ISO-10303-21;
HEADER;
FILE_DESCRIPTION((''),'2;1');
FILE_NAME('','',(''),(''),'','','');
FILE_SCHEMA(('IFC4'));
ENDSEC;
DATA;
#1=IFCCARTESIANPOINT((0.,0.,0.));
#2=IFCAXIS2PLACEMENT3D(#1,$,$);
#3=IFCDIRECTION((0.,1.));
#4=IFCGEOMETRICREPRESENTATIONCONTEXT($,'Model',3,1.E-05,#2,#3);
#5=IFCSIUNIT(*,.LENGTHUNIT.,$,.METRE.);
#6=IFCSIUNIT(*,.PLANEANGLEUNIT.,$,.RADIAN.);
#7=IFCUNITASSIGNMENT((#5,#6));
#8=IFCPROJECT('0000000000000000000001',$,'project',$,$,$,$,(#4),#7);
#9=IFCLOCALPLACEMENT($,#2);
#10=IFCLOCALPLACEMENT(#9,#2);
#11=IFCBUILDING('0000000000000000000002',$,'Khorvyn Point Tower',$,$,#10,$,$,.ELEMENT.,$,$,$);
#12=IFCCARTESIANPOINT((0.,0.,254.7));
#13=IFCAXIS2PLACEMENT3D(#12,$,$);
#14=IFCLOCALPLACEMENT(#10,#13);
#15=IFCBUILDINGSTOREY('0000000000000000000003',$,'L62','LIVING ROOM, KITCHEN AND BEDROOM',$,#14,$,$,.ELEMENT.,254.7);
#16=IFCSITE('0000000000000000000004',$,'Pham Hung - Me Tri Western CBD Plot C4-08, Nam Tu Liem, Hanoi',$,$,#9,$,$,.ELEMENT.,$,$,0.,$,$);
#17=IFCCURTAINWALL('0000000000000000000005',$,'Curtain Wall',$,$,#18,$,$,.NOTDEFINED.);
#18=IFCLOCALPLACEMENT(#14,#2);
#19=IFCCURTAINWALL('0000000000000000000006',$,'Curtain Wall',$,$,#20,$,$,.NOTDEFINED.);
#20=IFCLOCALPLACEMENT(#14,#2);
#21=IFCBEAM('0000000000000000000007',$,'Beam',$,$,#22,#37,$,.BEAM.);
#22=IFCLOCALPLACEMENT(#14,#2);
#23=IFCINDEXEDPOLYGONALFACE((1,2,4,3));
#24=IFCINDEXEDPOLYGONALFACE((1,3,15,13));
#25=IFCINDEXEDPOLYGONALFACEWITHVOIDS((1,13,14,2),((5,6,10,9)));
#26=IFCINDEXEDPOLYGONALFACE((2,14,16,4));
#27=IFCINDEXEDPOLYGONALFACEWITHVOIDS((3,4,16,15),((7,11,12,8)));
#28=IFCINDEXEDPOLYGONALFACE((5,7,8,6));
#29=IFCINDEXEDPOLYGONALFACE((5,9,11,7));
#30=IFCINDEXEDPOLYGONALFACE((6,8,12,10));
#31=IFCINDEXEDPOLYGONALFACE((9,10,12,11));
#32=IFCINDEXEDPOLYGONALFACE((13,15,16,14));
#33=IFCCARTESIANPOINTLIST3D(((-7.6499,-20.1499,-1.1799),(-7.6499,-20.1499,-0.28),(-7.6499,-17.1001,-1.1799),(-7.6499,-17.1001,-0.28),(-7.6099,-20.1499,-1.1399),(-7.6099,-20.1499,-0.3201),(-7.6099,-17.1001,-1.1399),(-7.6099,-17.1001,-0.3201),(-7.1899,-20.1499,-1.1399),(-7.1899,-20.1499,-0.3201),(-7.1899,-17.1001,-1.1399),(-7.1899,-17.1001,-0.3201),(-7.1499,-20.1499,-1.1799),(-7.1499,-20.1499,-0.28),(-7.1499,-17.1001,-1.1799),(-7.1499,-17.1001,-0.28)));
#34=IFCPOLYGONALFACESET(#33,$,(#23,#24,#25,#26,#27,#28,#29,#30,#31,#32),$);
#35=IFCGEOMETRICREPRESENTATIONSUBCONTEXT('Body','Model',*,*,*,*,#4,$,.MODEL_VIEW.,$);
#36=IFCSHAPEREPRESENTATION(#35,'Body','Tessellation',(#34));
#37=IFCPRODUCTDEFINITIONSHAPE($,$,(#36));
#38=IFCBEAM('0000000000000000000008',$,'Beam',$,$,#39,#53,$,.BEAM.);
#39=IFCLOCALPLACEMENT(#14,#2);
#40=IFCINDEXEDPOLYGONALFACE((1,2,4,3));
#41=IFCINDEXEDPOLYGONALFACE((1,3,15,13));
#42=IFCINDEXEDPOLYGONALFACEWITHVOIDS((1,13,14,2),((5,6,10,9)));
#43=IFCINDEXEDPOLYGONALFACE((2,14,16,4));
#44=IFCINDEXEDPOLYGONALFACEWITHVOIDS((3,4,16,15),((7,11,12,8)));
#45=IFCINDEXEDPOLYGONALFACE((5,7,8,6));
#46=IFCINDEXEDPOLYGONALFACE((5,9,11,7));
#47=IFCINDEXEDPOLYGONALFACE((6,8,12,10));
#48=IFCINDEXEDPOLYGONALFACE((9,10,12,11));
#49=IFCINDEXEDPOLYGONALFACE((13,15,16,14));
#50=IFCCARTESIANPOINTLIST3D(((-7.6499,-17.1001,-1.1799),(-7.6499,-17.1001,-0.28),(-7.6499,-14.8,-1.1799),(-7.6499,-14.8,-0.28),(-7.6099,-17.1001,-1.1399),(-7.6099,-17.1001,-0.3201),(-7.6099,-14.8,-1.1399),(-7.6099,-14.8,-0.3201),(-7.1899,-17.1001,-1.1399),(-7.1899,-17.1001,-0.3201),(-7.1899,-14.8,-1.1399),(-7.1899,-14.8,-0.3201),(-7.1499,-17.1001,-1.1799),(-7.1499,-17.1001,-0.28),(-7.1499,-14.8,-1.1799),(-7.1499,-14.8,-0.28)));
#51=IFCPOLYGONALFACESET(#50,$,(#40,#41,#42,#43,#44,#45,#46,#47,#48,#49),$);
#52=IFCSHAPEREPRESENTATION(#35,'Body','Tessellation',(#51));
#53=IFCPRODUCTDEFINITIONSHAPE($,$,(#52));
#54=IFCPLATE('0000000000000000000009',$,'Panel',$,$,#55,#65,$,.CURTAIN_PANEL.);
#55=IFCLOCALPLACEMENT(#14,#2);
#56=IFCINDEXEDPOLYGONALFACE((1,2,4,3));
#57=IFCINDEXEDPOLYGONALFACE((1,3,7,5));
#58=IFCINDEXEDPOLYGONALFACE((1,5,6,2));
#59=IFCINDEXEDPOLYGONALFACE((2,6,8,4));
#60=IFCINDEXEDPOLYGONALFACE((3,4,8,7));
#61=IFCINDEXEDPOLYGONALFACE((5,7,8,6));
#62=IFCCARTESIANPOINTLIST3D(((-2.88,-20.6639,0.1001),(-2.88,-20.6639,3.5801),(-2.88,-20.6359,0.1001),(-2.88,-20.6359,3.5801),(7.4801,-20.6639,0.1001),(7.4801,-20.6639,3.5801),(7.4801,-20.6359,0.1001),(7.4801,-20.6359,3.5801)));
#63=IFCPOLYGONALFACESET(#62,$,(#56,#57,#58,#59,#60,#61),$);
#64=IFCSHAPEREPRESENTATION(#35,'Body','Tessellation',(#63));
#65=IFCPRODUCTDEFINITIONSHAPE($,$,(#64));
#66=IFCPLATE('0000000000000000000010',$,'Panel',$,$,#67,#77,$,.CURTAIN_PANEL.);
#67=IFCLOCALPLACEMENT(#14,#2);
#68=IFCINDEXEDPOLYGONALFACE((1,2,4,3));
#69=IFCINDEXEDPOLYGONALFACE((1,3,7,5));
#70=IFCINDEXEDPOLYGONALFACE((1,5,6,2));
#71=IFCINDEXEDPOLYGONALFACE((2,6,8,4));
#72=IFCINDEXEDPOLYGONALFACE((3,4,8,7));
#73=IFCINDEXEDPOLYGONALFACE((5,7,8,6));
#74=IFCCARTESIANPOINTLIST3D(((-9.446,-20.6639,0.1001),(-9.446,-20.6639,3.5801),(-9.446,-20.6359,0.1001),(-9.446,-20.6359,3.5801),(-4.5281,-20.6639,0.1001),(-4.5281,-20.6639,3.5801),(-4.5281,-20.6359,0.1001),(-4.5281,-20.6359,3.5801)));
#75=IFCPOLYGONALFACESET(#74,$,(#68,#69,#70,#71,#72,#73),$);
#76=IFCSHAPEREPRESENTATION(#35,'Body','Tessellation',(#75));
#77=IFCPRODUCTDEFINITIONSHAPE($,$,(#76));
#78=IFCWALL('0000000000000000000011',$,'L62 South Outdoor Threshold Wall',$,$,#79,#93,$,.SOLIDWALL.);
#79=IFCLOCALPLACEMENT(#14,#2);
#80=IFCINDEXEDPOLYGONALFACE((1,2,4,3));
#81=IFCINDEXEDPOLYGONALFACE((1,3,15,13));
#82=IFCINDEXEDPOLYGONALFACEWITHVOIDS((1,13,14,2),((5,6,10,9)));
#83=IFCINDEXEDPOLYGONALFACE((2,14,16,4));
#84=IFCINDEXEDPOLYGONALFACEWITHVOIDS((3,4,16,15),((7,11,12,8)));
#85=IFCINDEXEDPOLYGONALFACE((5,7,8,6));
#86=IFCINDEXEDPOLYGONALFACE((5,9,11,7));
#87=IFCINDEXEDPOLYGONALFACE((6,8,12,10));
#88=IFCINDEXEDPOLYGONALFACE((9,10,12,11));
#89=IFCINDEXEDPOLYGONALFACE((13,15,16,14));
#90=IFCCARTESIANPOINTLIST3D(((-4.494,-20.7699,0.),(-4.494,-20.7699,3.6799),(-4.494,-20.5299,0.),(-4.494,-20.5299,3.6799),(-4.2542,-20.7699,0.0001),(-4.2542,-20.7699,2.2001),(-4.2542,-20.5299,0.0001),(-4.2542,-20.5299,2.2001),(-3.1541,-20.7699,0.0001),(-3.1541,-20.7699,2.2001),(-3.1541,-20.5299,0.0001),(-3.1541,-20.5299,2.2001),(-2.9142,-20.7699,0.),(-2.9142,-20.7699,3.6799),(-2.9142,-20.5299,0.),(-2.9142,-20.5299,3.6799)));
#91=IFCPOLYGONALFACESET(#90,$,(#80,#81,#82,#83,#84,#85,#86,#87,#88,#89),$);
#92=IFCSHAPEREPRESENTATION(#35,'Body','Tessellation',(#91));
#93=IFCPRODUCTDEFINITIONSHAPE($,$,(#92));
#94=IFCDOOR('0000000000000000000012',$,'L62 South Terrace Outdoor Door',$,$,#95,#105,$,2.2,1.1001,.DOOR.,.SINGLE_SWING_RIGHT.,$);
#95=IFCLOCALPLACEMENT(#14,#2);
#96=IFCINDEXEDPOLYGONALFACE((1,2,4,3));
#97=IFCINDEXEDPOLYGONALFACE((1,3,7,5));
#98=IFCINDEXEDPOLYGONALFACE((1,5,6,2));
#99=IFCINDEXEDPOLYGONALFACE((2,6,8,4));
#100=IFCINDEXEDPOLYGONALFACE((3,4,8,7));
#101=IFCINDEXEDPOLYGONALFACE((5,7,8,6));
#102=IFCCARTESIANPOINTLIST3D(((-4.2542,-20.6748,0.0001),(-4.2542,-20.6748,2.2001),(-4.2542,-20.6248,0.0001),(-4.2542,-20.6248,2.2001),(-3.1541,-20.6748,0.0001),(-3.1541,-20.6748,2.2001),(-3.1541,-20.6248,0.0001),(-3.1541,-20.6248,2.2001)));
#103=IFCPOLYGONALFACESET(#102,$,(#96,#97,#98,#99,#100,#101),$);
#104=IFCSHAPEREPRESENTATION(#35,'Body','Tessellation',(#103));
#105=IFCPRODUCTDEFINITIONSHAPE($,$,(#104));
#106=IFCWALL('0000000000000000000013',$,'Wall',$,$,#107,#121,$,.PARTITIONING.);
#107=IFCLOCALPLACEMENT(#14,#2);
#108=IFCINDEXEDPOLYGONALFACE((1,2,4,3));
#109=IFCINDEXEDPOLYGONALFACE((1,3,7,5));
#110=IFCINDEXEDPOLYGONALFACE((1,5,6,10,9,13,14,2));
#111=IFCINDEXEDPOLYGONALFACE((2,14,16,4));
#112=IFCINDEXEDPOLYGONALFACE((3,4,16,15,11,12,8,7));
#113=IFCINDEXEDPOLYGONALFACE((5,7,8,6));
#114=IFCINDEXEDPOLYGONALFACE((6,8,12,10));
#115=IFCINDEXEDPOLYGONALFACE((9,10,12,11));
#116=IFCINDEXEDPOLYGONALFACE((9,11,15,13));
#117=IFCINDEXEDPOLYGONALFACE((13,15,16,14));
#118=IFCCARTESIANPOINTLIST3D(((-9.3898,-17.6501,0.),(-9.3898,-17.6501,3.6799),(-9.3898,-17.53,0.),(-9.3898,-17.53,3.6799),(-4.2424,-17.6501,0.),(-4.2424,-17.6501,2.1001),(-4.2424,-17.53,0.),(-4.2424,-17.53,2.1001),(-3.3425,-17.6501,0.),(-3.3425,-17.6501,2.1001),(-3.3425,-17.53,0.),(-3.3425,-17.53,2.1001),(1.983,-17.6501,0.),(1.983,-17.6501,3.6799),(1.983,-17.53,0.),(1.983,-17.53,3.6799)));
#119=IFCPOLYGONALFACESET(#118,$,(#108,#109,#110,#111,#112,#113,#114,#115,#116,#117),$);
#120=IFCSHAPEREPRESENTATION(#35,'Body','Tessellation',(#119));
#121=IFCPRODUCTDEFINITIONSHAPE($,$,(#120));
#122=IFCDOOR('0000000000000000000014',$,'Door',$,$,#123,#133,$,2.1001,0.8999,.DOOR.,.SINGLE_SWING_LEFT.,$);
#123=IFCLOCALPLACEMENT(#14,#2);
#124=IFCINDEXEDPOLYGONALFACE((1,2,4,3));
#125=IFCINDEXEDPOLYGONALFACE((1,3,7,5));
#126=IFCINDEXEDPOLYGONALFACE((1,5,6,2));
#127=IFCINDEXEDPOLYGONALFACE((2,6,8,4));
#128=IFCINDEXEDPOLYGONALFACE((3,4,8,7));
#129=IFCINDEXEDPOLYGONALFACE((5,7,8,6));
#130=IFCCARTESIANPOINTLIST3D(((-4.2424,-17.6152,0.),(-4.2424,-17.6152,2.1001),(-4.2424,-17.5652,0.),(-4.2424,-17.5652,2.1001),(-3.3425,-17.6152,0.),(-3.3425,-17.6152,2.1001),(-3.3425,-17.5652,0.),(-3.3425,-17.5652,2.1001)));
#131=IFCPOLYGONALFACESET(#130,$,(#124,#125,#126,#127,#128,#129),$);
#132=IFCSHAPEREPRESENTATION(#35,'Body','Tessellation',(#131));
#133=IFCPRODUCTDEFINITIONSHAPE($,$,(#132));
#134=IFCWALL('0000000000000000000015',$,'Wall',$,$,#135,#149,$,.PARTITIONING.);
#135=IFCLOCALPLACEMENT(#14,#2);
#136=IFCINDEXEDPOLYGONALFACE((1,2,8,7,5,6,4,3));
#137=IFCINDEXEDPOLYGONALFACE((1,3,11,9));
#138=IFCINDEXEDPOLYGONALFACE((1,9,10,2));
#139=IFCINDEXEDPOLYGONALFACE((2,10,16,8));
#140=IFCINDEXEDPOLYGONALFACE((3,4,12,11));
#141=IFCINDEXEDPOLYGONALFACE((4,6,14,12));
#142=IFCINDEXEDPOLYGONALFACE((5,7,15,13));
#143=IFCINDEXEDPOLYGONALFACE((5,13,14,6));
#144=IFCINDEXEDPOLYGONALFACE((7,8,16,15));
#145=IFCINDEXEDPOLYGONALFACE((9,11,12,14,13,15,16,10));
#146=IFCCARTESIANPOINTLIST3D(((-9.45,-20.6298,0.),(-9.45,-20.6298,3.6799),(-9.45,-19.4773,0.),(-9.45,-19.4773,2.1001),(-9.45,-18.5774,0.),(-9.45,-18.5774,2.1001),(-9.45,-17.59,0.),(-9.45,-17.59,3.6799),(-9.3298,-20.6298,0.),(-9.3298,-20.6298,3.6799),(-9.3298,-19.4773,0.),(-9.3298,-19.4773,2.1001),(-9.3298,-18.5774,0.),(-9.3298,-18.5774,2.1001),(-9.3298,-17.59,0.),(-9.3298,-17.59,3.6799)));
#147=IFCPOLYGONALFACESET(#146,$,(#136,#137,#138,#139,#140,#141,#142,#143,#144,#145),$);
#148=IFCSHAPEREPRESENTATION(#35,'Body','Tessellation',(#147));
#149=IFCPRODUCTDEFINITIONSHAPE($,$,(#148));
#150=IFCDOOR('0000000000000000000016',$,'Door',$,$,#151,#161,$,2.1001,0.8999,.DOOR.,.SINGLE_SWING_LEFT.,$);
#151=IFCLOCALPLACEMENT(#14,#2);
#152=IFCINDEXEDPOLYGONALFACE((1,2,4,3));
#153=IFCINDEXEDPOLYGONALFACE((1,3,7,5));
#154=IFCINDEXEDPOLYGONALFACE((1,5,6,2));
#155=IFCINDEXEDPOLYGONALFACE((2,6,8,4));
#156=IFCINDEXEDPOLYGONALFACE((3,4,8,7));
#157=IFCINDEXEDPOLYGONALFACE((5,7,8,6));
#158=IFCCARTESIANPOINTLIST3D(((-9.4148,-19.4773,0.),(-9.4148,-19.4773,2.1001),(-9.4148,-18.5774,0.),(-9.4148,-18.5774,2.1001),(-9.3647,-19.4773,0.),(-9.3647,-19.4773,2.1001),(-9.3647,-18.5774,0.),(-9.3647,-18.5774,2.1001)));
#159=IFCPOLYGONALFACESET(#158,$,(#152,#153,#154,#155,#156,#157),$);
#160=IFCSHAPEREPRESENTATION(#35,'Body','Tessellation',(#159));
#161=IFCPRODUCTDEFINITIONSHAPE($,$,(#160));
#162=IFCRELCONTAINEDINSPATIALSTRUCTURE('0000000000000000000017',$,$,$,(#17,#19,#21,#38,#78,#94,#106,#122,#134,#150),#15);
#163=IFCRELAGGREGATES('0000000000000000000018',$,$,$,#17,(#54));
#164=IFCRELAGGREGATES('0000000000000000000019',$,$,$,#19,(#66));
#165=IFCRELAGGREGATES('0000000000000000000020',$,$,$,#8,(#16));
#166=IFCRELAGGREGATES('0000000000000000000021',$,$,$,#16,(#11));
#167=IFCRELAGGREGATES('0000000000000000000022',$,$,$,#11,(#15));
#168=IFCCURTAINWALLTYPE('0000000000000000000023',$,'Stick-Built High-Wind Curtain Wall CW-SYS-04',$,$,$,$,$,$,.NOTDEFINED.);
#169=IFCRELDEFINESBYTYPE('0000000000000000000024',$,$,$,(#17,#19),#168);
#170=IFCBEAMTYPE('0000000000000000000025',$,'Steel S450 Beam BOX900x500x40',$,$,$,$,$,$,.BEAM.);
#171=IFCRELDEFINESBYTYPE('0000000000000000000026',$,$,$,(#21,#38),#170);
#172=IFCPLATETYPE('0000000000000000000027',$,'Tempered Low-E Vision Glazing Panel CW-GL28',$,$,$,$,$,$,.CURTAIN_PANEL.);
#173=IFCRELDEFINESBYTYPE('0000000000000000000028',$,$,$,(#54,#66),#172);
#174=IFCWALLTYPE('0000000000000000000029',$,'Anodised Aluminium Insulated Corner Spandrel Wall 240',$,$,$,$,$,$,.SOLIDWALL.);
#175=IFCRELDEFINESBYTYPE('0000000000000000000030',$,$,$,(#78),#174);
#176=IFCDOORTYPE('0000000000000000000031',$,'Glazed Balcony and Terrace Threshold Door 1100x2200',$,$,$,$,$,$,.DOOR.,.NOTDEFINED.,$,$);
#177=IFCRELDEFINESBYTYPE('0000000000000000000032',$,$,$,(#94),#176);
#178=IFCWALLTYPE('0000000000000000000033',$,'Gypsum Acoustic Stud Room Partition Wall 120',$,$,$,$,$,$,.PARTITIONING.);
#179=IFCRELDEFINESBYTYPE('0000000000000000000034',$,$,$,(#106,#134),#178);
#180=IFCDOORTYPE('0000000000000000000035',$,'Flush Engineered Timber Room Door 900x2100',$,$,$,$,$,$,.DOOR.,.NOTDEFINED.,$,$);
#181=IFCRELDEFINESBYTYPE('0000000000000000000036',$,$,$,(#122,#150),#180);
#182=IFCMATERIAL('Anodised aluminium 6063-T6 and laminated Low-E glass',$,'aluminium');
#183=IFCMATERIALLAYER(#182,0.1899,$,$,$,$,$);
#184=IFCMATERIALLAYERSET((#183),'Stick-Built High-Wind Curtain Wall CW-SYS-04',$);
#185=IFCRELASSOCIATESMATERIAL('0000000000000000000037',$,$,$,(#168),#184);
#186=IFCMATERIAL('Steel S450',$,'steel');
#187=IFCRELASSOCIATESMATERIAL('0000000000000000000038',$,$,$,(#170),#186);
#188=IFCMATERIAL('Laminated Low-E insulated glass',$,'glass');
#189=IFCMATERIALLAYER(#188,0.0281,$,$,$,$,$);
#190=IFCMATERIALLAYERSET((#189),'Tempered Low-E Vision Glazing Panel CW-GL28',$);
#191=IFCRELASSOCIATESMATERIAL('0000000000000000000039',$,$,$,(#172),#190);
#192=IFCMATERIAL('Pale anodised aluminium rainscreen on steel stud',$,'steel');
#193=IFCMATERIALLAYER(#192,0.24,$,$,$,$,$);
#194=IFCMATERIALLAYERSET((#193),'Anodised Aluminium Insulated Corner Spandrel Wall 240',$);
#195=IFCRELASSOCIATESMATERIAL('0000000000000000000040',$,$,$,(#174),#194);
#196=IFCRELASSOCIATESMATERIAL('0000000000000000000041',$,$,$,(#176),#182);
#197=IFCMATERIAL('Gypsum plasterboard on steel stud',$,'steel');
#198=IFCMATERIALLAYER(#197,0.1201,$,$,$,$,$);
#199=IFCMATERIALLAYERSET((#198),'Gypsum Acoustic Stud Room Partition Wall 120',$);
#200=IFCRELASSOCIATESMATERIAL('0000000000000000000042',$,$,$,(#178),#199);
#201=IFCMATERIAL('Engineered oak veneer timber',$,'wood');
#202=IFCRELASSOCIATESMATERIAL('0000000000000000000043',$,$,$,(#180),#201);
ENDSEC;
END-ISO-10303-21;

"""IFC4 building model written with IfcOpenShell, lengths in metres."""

from ifc_helpers import new_model, si_unit, direction, frame, frame_2d, origin, origin_2d, place, context, subcontext, project, spatial, rectangle, hollow_rectangle, extrude, material, layer, layer_set, material_profile, profile_set, type_object, element, fill, aggregate, save


model = new_model("IFC4")

# Units and contexts
model_context = context("Model", 3, precision=1e-05, world=origin(), true_north=direction((0.0, 1.0)))
body_context = subcontext(model_context, "Body", "Model", "MODEL_VIEW")
ifc_project = project(units=[si_unit("LENGTHUNIT", "METRE"), si_unit("PLANEANGLEUNIT", "RADIAN")], contexts=[model_context])

# Site, building, storey
site_placement = place(None, origin())
site = spatial("IfcSite", under=ifc_project, at=site_placement, Name="Pham Hung - Me Tri Western CBD Plot C4-08, Nam Tu Liem, Hanoi", CompositionType="ELEMENT", RefElevation=0.0)
building_placement = place(site_placement, origin())
building = spatial("IfcBuilding", under=site, at=building_placement, Name="Khorvyn Point Tower", CompositionType="ELEMENT")
storey_placement = place(building_placement, frame((0.0, 0.0, 254.7)))
storey = spatial("IfcBuildingStorey", under=building, at=storey_placement, Name="L62", Description="LIVING ROOM, KITCHEN AND BEDROOM", CompositionType="ELEMENT", Elevation=254.7)

# Shared definitions
ifc_material_1 = material(Name="Steel S450", Category="steel")

# Curtain wall
ifc_material_2 = material(Name="Anodised aluminium 6063-T6 and laminated Low-E glass", Category="aluminium")
ifc_layer_1 = layer(ifc_material_2, 0.1899)
ifc_layer_set_1 = layer_set([ifc_layer_1], Name="Stick-Built High-Wind Curtain Wall CW-SYS-04")
curtain_wall_type = type_object("IfcCurtainWallType", Name="Stick-Built High-Wind Curtain Wall CW-SYS-04", PredefinedType="NOTDEFINED", material=ifc_layer_set_1)
curtain_wall_1_placement = place(storey_placement, origin())
curtain_wall_1 = element("IfcCurtainWall", 1, at=curtain_wall_1_placement, inside=storey, type_object=curtain_wall_type, Name="Curtain Wall", PredefinedType="NOTDEFINED")

# Curtain wall
curtain_wall_2_placement = place(storey_placement, origin())
curtain_wall_2 = element("IfcCurtainWall", 2, at=curtain_wall_2_placement, inside=storey, type_object=curtain_wall_type, Name="Curtain Wall", PredefinedType="NOTDEFINED")

# Beams
ifc_material_profile_1 = material_profile(ifc_material_1, hollow_rectangle(XDim=0.5, YDim=0.8999, WallThickness=0.04, at=origin_2d()))
ifc_profile_set_1 = profile_set([ifc_material_profile_1], Name="Steel S450 BOX900x500x40")
beam_type_1 = type_object("IfcBeamType", Name="Steel S450 Beam BOX900x500x40", PredefinedType="BEAM", material=ifc_profile_set_1)
beam_1_placement = place(storey_placement, frame((-7.3999, -20.1499, -0.73), z_axis=(0.0, 1.0, 0.0), x_axis=(-1.0, 0.0, 0.0)))
element("IfcBeam", 3, at=beam_1_placement, inside=storey, type_object=beam_type_1, Name="Beam", PredefinedType="BEAM", context=body_context, shape_type="SweptSolid", body=[
    extrude(hollow_rectangle(XDim=0.5, YDim=0.8999, WallThickness=0.04, at=origin_2d()), origin(), (0.0, 0.0, 1.0), 3.0498),
])
beam_2_placement = place(storey_placement, frame((-7.3999, -17.1001, -0.73), z_axis=(0.0, 1.0, 0.0), x_axis=(-1.0, 0.0, 0.0)))
element("IfcBeam", 4, at=beam_2_placement, inside=storey, type_object=beam_type_1, Name="Beam", PredefinedType="BEAM", context=body_context, shape_type="SweptSolid", body=[
    extrude(hollow_rectangle(XDim=0.5, YDim=0.8999, WallThickness=0.04, at=origin_2d()), origin(), (0.0, 0.0, 1.0), 2.3),
])

# Plates
ifc_material_3 = material(Name="Laminated Low-E insulated glass", Category="glass")
ifc_layer_2 = layer(ifc_material_3, 0.0281)
ifc_layer_set_2 = layer_set([ifc_layer_2], Name="Tempered Low-E Vision Glazing Panel CW-GL28")
plate_type = type_object("IfcPlateType", Name="Tempered Low-E Vision Glazing Panel CW-GL28", PredefinedType="CURTAIN_PANEL", material=ifc_layer_set_2)
plate_1_placement = place(storey_placement, frame((2.3, -20.6499, 0.1001), z_axis=(0.0, 0.0, 1.0), x_axis=(-1.0, 0.0, 0.0)))
plate_1 = element("IfcPlate", 5, at=plate_1_placement, type_object=plate_type, Name="Panel", PredefinedType="CURTAIN_PANEL", context=body_context, shape_type="SweptSolid", body=[
    extrude(rectangle(XDim=10.3601, YDim=0.0281, at=origin_2d()), origin(), (0.0, 0.0, 1.0), 3.48),
])
aggregate(curtain_wall_1, [plate_1])
plate_2_placement = place(storey_placement, frame((-6.9871, -20.6499, 0.1001), z_axis=(0.0, 0.0, 1.0), x_axis=(-1.0, 0.0, 0.0)))
plate_2 = element("IfcPlate", 6, at=plate_2_placement, type_object=plate_type, Name="Panel", PredefinedType="CURTAIN_PANEL", context=body_context, shape_type="SweptSolid", body=[
    extrude(rectangle(XDim=4.918, YDim=0.0281, at=origin_2d()), origin(), (0.0, 0.0, 1.0), 3.48),
])
aggregate(curtain_wall_2, [plate_2])

# Walls, openings, doors
ifc_material_4 = material(Name="Pale anodised aluminium rainscreen on steel stud", Category="steel")
ifc_layer_3 = layer(ifc_material_4, 0.24)
ifc_layer_set_3 = layer_set([ifc_layer_3], Name="Anodised Aluminium Insulated Corner Spandrel Wall 240")
wall_type_1 = type_object("IfcWallType", Name="Anodised Aluminium Insulated Corner Spandrel Wall 240", PredefinedType="SOLIDWALL", material=ifc_layer_set_3)
wall_1_placement = place(storey_placement, frame((-2.9141, -20.6499, 0.0), z_axis=(0.0, 0.0, 1.0), x_axis=(-1.0, 0.0, 0.0)))
wall_1 = element("IfcWall", 7, at=wall_1_placement, inside=storey, type_object=wall_type_1, Name="L62 South Outdoor Threshold Wall", PredefinedType="SOLIDWALL", context=body_context, shape_type="SweptSolid", body=[
    extrude(rectangle(XDim=1.5798, YDim=0.24, at=frame_2d((0.79, 0.0))), origin(), (0.0, 0.0, 1.0), 3.6799),
])
opening_1_placement = place(wall_1_placement, frame((0.24, 0.0, 0.0)))
opening_1 = element("IfcOpeningElement", 8, at=opening_1_placement, cuts=wall_1, PredefinedType="OPENING", context=body_context, shape_type="SweptSolid", body=[
    extrude(rectangle(XDim=1.1001, YDim=2.2, at=frame_2d((0.55, 1.1001))), frame((0.0, 0.1299, 0.0), z_axis=(0.0, -1.0, 0.0), x_axis=(1.0, 0.0, 0.0)), (0.0, 0.0, 1.0), 0.26),
])
door_type_1 = type_object("IfcDoorType", Name="Glazed Balcony and Terrace Threshold Door 1100x2200", OperationType="NOTDEFINED", PredefinedType="DOOR", material=ifc_material_2)
door_1_placement = place(opening_1_placement, origin())
door_1 = element("IfcDoor", 9, at=door_1_placement, inside=storey, type_object=door_type_1, Name="L62 South Terrace Outdoor Door", OperationType="SINGLE_SWING_RIGHT", OverallHeight=2.2, OverallWidth=1.1001, PredefinedType="DOOR", context=body_context, shape_type="SweptSolid", body=[
    extrude(rectangle(XDim=1.1001, YDim=2.2, at=frame_2d((0.55, 1.1001))), frame((0.0, 0.0249, 0.0), z_axis=(0.0, -1.0, 0.0), x_axis=(1.0, 0.0, 0.0)), (0.0, 0.0, 1.0), 0.05),
])
fill(opening_1, door_1)
ifc_material_5 = material(Name="Gypsum plasterboard on steel stud", Category="steel")
ifc_layer_4 = layer(ifc_material_5, 0.1201)
ifc_layer_set_4 = layer_set([ifc_layer_4], Name="Gypsum Acoustic Stud Room Partition Wall 120")
wall_type_2 = type_object("IfcWallType", Name="Gypsum Acoustic Stud Room Partition Wall 120", PredefinedType="PARTITIONING", material=ifc_layer_set_4)
wall_2_placement = place(storey_placement, frame((-9.3899, -17.5901, 0.0), z_axis=(0.0, 0.0, 1.0), x_axis=(1.0, 0.0, 0.0)))
wall_2 = element("IfcWall", 10, at=wall_2_placement, inside=storey, type_object=wall_type_2, Name="Wall", PredefinedType="PARTITIONING", context=body_context, shape_type="SweptSolid", body=[
    extrude(rectangle(XDim=11.3728, YDim=0.1201, at=frame_2d((5.6865, 0.0))), origin(), (0.0, 0.0, 1.0), 3.6799),
])
opening_2_placement = place(wall_2_placement, frame((5.1475, 0.0, 0.0)))
opening_2 = element("IfcOpeningElement", 11, at=opening_2_placement, cuts=wall_2, PredefinedType="OPENING", context=body_context, shape_type="SweptSolid", body=[
    extrude(rectangle(XDim=0.8999, YDim=2.1001, at=frame_2d((0.45, 1.05))), frame((0.0, 0.0701, 0.0), z_axis=(0.0, -1.0, 0.0), x_axis=(1.0, 0.0, 0.0)), (0.0, 0.0, 1.0), 0.1401),
])
ifc_material_6 = material(Name="Engineered oak veneer timber", Category="wood")
door_type_2 = type_object("IfcDoorType", Name="Flush Engineered Timber Room Door 900x2100", OperationType="NOTDEFINED", PredefinedType="DOOR", material=ifc_material_6)
door_2_placement = place(opening_2_placement, origin())
door_2 = element("IfcDoor", 12, at=door_2_placement, inside=storey, type_object=door_type_2, Name="Door", OperationType="SINGLE_SWING_LEFT", OverallHeight=2.1001, OverallWidth=0.8999, PredefinedType="DOOR", context=body_context, shape_type="SweptSolid", body=[
    extrude(rectangle(XDim=0.8999, YDim=2.1001, at=frame_2d((0.45, 1.05))), frame((0.0, 0.0249, 0.0), z_axis=(0.0, -1.0, 0.0), x_axis=(1.0, 0.0, 0.0)), (0.0, 0.0, 1.0), 0.05),
])
fill(opening_2, door_2)
wall_3_placement = place(storey_placement, frame((-9.3899, -20.6299, 0.0), z_axis=(0.0, 0.0, 1.0), x_axis=(0.0, 1.0, 0.0)))
wall_3 = element("IfcWall", 13, at=wall_3_placement, inside=storey, type_object=wall_type_2, Name="Wall", PredefinedType="PARTITIONING", context=body_context, shape_type="SweptSolid", body=[
    extrude(rectangle(XDim=3.0398, YDim=0.1201, at=frame_2d((1.52, 0.0))), origin(), (0.0, 0.0, 1.0), 3.6799),
])
opening_3_placement = place(wall_3_placement, frame((1.1526, 0.0, 0.0)))
opening_3 = element("IfcOpeningElement", 14, at=opening_3_placement, cuts=wall_3, PredefinedType="OPENING", context=body_context, shape_type="SweptSolid", body=[
    extrude(rectangle(XDim=0.8999, YDim=2.1001, at=frame_2d((0.45, 1.05))), frame((0.0, 0.0701, 0.0), z_axis=(0.0, -1.0, 0.0), x_axis=(1.0, 0.0, 0.0)), (0.0, 0.0, 1.0), 0.1401),
])
door_3_placement = place(opening_3_placement, origin())
door_3 = element("IfcDoor", 15, at=door_3_placement, inside=storey, type_object=door_type_2, Name="Door", OperationType="SINGLE_SWING_LEFT", OverallHeight=2.1001, OverallWidth=0.8999, PredefinedType="DOOR", context=body_context, shape_type="SweptSolid", body=[
    extrude(rectangle(XDim=0.8999, YDim=2.1001, at=frame_2d((0.45, 1.05))), frame((0.0, 0.0249, 0.0), z_axis=(0.0, -1.0, 0.0), x_axis=(1.0, 0.0, 0.0)), (0.0, 0.0, 1.0), 0.05),
])
fill(opening_3, door_3)

save(model, "model.ifc")
